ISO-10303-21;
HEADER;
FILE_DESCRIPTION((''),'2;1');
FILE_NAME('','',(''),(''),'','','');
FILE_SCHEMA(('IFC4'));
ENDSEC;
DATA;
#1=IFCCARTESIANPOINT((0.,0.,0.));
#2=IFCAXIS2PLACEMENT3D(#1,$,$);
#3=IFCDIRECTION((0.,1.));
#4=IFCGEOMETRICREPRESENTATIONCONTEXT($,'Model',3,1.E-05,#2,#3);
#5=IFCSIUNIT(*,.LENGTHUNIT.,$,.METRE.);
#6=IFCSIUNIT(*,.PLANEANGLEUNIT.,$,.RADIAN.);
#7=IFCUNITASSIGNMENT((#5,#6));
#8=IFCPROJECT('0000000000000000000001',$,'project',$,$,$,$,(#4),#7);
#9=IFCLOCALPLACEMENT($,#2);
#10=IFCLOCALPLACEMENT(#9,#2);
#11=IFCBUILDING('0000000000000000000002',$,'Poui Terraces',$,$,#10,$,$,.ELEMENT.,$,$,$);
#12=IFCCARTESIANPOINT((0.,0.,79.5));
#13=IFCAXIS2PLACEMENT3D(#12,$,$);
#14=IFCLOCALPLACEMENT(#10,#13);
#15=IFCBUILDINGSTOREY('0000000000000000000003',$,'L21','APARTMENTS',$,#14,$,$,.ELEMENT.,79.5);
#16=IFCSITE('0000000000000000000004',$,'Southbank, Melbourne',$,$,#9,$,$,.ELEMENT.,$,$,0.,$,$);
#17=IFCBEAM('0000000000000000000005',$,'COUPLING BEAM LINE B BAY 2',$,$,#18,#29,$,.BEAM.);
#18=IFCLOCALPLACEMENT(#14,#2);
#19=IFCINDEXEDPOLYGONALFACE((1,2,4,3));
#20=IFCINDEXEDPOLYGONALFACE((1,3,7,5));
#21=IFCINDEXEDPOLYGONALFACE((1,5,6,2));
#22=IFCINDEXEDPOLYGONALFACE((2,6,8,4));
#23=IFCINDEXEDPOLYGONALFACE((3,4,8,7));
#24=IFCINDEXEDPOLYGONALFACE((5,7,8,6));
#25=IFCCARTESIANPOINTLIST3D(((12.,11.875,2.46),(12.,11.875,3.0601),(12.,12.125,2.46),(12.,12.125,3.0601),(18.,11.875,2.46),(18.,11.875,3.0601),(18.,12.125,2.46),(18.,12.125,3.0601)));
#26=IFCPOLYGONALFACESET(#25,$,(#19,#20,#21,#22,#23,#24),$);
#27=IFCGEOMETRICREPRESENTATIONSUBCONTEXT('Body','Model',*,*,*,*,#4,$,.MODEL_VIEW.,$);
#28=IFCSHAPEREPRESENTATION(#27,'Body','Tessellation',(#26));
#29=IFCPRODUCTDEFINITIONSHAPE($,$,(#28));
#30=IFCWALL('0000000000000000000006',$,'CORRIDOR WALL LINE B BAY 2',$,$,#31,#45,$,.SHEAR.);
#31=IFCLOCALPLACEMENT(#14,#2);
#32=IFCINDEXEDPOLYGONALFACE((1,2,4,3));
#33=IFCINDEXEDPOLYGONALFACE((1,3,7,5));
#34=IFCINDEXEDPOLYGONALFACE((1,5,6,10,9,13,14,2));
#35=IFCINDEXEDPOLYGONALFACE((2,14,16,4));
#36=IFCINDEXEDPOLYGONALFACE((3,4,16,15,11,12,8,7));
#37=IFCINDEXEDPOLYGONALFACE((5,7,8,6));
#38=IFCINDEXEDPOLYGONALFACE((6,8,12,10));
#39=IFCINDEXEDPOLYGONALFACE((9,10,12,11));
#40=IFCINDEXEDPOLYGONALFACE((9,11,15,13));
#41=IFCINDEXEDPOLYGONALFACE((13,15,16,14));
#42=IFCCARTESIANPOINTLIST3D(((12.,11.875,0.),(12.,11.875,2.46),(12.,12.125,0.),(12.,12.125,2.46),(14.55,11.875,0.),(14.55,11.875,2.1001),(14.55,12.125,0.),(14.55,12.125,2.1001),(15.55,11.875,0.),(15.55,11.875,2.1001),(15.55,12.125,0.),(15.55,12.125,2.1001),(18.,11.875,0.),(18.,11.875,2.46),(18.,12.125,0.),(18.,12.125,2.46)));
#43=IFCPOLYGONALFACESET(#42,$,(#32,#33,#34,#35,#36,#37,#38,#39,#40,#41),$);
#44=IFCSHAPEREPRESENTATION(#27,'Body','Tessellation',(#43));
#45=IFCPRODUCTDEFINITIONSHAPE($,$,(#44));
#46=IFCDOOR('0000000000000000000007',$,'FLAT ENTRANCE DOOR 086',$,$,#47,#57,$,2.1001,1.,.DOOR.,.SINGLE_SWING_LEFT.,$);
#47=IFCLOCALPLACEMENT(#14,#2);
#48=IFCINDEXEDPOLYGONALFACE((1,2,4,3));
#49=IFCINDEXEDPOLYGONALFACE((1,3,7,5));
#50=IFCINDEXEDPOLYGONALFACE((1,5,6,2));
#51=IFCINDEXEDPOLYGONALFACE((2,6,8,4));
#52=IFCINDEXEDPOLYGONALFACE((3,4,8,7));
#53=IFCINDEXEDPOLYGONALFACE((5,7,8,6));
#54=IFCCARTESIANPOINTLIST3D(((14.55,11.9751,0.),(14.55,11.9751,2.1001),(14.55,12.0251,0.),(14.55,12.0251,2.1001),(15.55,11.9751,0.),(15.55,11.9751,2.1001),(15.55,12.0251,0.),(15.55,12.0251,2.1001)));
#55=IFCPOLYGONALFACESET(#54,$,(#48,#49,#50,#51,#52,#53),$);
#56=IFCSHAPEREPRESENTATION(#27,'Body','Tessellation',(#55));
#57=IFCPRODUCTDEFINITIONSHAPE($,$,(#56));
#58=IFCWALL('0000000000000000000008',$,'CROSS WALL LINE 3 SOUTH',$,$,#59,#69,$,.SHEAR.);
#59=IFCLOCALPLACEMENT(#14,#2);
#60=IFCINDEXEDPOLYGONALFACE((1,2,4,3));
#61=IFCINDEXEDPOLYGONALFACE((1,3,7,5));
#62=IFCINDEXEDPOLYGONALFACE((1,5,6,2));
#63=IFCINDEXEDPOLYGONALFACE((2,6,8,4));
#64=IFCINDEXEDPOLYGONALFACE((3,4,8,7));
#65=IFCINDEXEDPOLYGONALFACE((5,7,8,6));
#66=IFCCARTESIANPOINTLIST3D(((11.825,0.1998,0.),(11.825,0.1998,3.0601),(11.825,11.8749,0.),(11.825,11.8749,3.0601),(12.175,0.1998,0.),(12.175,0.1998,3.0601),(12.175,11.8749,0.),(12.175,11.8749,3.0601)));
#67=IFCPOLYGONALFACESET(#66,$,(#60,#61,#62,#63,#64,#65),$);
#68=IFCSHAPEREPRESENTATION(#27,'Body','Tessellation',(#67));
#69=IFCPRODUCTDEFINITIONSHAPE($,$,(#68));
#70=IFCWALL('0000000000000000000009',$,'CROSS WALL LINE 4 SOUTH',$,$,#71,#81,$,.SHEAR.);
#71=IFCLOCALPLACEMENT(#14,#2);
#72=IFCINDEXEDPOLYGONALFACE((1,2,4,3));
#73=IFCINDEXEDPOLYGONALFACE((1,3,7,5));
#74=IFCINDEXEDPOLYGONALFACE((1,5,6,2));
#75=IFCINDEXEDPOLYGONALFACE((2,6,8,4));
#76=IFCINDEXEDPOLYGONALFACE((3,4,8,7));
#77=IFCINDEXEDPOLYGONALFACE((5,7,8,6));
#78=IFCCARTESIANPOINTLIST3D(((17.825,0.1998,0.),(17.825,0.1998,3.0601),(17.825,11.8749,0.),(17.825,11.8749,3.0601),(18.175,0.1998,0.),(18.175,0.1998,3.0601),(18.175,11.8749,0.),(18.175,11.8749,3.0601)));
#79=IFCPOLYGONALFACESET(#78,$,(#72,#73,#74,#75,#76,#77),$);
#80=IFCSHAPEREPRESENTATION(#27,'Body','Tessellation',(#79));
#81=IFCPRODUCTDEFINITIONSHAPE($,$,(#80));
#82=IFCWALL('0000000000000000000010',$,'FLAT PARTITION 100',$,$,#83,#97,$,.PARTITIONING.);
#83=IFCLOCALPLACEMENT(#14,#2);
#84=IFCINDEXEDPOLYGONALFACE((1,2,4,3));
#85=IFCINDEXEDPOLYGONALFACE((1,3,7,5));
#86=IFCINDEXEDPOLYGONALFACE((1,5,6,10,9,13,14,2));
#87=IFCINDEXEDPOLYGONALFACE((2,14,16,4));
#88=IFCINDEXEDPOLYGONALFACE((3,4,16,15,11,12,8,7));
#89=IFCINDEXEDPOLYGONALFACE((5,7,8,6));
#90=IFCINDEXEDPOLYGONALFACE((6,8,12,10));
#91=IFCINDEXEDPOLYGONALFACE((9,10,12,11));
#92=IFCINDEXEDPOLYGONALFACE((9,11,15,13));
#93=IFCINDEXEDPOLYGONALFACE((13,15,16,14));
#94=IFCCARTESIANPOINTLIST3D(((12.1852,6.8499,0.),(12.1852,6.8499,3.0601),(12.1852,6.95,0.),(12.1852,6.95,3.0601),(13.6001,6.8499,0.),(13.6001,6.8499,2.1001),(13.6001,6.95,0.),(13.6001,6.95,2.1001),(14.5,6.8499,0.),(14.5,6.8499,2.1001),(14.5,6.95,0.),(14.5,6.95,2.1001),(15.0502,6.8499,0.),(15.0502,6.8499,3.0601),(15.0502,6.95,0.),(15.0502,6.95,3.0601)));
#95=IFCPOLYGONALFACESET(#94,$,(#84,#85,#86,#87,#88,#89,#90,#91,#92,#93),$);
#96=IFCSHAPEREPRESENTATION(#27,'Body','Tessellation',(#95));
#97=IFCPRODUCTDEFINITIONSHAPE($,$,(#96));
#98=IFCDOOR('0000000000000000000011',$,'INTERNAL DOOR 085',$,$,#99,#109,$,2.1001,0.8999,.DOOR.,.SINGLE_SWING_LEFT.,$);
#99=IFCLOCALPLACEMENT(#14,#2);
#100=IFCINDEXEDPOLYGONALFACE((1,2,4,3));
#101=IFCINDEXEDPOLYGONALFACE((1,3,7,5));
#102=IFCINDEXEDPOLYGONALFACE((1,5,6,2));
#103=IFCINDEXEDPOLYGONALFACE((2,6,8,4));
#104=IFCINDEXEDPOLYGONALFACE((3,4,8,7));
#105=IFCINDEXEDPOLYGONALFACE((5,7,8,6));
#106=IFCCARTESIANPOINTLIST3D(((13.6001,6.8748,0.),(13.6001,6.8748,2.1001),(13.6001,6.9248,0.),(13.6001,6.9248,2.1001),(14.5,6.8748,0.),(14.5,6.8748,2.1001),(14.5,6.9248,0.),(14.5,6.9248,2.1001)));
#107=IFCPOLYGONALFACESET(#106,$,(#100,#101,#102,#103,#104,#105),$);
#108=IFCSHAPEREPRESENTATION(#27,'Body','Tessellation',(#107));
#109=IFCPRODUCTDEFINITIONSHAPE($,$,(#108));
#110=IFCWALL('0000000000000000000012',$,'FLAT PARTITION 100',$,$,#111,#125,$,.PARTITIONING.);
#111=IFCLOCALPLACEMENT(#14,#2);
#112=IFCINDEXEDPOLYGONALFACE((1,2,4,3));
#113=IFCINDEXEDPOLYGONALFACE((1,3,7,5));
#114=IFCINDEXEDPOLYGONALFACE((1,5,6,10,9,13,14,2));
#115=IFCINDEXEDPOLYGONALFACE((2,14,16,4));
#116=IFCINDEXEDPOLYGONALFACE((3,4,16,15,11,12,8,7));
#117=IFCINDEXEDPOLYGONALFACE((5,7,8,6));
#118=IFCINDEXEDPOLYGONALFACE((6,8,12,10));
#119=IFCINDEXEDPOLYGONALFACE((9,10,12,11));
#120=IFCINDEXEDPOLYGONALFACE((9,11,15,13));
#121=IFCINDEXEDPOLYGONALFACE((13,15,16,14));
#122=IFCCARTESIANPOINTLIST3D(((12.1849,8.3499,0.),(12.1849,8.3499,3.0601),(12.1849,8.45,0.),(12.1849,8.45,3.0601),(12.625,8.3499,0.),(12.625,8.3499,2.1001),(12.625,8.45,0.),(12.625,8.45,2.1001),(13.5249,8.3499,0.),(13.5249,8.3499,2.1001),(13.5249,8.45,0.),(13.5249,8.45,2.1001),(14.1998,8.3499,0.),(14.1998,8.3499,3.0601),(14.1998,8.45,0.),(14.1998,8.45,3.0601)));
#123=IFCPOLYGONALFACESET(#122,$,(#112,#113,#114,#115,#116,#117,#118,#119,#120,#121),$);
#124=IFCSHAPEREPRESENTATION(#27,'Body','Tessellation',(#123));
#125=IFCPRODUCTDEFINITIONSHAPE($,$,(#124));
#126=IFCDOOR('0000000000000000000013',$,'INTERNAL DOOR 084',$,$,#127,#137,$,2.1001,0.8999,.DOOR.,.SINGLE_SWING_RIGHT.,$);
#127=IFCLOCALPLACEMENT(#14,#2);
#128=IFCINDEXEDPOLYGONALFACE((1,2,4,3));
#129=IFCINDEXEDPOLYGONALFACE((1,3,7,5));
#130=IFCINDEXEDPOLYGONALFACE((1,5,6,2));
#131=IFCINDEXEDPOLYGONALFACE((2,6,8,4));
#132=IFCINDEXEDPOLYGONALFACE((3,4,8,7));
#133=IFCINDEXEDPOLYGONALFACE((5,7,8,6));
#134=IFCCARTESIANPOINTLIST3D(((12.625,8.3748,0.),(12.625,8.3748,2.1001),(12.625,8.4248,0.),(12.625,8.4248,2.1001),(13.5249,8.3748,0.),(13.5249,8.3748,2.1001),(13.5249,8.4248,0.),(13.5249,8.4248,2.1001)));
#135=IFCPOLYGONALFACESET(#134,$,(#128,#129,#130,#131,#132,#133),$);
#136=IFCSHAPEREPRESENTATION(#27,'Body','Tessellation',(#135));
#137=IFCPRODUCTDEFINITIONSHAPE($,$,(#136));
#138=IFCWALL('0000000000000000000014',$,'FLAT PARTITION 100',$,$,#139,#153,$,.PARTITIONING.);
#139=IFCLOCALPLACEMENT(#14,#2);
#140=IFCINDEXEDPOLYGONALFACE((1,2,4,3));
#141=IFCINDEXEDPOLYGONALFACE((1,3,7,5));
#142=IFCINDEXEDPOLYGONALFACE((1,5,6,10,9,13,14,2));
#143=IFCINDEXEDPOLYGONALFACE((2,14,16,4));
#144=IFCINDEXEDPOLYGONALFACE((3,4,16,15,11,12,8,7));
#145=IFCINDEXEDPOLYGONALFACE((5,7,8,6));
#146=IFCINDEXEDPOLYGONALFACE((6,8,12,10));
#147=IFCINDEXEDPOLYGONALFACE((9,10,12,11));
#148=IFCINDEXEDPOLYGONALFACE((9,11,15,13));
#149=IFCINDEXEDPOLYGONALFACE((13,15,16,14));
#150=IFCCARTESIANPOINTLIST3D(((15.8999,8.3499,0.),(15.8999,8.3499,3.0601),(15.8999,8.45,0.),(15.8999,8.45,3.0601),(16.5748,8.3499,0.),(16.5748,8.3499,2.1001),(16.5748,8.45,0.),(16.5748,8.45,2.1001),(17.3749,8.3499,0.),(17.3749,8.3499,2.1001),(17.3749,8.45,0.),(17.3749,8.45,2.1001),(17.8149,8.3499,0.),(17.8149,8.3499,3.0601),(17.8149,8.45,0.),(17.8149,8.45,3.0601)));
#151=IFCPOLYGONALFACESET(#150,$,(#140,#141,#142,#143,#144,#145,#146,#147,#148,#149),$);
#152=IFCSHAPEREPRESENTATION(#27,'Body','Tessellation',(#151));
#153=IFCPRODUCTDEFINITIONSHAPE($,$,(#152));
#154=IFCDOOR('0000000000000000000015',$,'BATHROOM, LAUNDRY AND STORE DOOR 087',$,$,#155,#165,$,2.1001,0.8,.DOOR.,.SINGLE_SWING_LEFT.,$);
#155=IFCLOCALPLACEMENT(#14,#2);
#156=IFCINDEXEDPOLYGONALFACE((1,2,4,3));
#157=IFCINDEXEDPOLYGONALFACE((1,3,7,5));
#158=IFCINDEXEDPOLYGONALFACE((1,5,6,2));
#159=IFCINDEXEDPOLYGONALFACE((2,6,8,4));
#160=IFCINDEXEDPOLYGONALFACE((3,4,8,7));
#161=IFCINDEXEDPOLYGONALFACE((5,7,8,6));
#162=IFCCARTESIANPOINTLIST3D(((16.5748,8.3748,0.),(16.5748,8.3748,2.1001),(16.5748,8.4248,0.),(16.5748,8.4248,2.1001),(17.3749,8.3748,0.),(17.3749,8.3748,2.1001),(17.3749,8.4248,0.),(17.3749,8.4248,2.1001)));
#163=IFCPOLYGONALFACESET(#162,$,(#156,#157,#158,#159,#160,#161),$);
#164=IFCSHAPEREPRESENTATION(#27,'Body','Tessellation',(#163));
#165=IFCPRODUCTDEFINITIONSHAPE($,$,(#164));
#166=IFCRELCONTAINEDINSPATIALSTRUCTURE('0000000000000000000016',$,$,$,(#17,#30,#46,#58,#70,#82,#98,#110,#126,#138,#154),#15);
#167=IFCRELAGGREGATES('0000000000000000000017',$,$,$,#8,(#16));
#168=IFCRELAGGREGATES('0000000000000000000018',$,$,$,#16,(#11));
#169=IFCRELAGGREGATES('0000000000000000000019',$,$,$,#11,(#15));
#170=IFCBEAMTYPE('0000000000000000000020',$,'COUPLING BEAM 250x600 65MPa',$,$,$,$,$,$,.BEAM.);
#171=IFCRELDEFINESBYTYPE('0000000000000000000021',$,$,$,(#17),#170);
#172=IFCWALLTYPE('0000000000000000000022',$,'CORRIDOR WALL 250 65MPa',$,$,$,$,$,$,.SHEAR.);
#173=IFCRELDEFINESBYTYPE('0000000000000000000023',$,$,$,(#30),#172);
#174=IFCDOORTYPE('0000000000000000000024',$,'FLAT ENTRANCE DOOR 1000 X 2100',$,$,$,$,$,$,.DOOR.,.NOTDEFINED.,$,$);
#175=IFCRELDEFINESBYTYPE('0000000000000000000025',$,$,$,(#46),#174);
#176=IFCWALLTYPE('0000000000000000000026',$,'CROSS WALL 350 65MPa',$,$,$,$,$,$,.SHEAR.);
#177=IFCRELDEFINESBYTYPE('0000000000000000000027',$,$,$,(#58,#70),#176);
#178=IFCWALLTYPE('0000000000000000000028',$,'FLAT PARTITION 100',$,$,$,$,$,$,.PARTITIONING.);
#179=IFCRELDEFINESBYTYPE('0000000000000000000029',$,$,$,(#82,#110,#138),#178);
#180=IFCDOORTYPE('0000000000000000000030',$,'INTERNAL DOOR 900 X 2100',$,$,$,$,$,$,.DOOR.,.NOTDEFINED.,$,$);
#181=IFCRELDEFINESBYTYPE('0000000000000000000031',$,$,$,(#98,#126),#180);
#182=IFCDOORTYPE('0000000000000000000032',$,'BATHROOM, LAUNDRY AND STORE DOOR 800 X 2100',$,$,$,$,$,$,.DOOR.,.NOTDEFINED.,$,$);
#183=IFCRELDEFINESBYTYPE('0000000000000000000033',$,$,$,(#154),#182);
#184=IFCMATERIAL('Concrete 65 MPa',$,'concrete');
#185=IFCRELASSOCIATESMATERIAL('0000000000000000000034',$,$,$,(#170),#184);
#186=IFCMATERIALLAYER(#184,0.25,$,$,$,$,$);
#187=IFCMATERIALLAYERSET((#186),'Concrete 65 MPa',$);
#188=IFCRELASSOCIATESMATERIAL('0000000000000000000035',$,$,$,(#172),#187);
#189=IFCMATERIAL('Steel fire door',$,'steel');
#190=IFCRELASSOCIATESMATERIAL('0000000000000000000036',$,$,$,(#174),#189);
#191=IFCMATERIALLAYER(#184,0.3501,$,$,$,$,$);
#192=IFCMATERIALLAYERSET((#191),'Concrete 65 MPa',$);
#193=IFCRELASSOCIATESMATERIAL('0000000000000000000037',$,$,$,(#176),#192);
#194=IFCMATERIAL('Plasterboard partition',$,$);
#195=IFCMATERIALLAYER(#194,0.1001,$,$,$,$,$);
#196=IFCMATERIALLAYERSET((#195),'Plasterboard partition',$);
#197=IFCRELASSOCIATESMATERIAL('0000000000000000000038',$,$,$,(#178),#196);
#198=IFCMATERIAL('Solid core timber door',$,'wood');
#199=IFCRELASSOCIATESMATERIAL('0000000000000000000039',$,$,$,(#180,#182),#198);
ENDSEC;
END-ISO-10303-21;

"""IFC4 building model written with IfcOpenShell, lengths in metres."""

from ifc_helpers import new_model, si_unit, direction, frame, frame_2d, origin, origin_2d, place, context, subcontext, project, spatial, rectangle, extrude, source, transform, mapped, material, layer, layer_set, material_profile, profile_set, type_object, element, fill, save


model = new_model("IFC4")

# Units and contexts
model_context = context("Model", 3, precision=1e-05, world=origin(), true_north=direction((0.0, 1.0)))
body_context = subcontext(model_context, "Body", "Model", "MODEL_VIEW")
ifc_project = project(units=[si_unit("LENGTHUNIT", "METRE"), si_unit("PLANEANGLEUNIT", "RADIAN")], contexts=[model_context])

# Site, building, storey
site_placement = place(None, origin())
site = spatial("IfcSite", under=ifc_project, at=site_placement, Name="Southbank, Melbourne", CompositionType="ELEMENT", RefElevation=0.0)
building_placement = place(site_placement, origin())
building = spatial("IfcBuilding", under=site, at=building_placement, Name="Poui Terraces", CompositionType="ELEMENT")
storey_placement = place(building_placement, frame((0.0, 0.0, 79.5)))
storey = spatial("IfcBuildingStorey", under=building, at=storey_placement, Name="L21", Description="APARTMENTS", CompositionType="ELEMENT", Elevation=79.5)

# Beam
ifc_material_1 = material(Name="Concrete 65 MPa", Category="concrete")
ifc_material_profile_1 = material_profile(ifc_material_1, rectangle(XDim=0.25, YDim=0.6001, at=origin_2d()), Name="RC 250x600")
ifc_profile_set_1 = profile_set([ifc_material_profile_1], Name="Concrete 65 MPa")
beam_type = type_object("IfcBeamType", Name="COUPLING BEAM 250x600 65MPa", PredefinedType="BEAM", material=ifc_profile_set_1)
shared_shape_1 = source(origin(), body_context, "Body", "SweptSolid", [
    extrude(rectangle(XDim=0.25, YDim=0.6001, at=origin_2d()), origin(), (0.0, 0.0, 1.0), 6.0),
])
beam_placement = place(storey_placement, frame((12.0, 12.0, 2.76), z_axis=(1.0, 0.0, 0.0), x_axis=(0.0, 1.0, 0.0)))
element("IfcBeam", 1, at=beam_placement, inside=storey, type_object=beam_type, Name="COUPLING BEAM LINE B BAY 2", PredefinedType="BEAM", context=body_context, shape_type="MappedRepresentation", body=[
    mapped(shared_shape_1, transform((0.0, 0.0, 0.0))),
])

# Wall, opening, door
ifc_layer_1 = layer(ifc_material_1, 0.25)
ifc_layer_set_1 = layer_set([ifc_layer_1], Name="Concrete 65 MPa")
wall_type_1 = type_object("IfcWallType", Name="CORRIDOR WALL 250 65MPa", PredefinedType="SHEAR", material=ifc_layer_set_1)
wall_1_placement = place(storey_placement, frame((12.0, 12.0, 0.0), z_axis=(0.0, 0.0, 1.0), x_axis=(1.0, 0.0, 0.0)))
wall_1 = element("IfcWall", 2, at=wall_1_placement, inside=storey, type_object=wall_type_1, Name="CORRIDOR WALL LINE B BAY 2", PredefinedType="SHEAR", context=body_context, shape_type="SweptSolid", body=[
    extrude(rectangle(XDim=6.0, YDim=0.25, at=frame_2d((3.0, 0.0))), origin(), (0.0, 0.0, 1.0), 2.46),
])
opening_1_placement = place(wall_1_placement, frame((2.55, 0.0, 0.0)))
opening_1 = element("IfcOpeningElement", 3, at=opening_1_placement, cuts=wall_1, PredefinedType="OPENING", context=body_context, shape_type="SweptSolid", body=[
    extrude(rectangle(XDim=1.0, YDim=2.1001, at=frame_2d((0.5, 1.05))), frame((0.0, 0.135, 0.0), z_axis=(0.0, -1.0, 0.0), x_axis=(1.0, 0.0, 0.0)), (0.0, 0.0, 1.0), 0.27),
])
ifc_material_2 = material(Name="Steel fire door", Category="steel")
door_type_1 = type_object("IfcDoorType", Name="FLAT ENTRANCE DOOR 1000 X 2100", OperationType="NOTDEFINED", PredefinedType="DOOR", material=ifc_material_2)
door_1_placement = place(opening_1_placement, frame((1.0, 0.0, 0.0), z_axis=(0.0, 0.0, 1.0), x_axis=(-1.0, 0.0, 0.0)))
door_1 = element("IfcDoor", 4, at=door_1_placement, inside=storey, type_object=door_type_1, Name="FLAT ENTRANCE DOOR 086", OperationType="SINGLE_SWING_LEFT", OverallHeight=2.1001, OverallWidth=1.0, PredefinedType="DOOR", context=body_context, shape_type="SweptSolid", body=[
    extrude(rectangle(XDim=1.0, YDim=2.1001, at=frame_2d((0.5, 1.05))), frame((0.0, 0.0249, 0.0), z_axis=(0.0, -1.0, 0.0), x_axis=(1.0, 0.0, 0.0)), (0.0, 0.0, 1.0), 0.05),
])
fill(opening_1, door_1)

# Walls
ifc_layer_2 = layer(ifc_material_1, 0.3501)
ifc_layer_set_2 = layer_set([ifc_layer_2], Name="Concrete 65 MPa")
wall_type_2 = type_object("IfcWallType", Name="CROSS WALL 350 65MPa", PredefinedType="SHEAR", material=ifc_layer_set_2)
for number, where, z_axis, x_axis, name in (
    (5, (12.0, 0.2, 0.0), (0.0, 0.0, 1.0), (0.0, 1.0, 0.0), "CROSS WALL LINE 3 SOUTH"),
    (6, (18.0, 0.2, 0.0), (0.0, 0.0, 1.0), (0.0, 1.0, 0.0), "CROSS WALL LINE 4 SOUTH"),
):
    element("IfcWall", number, at=place(storey_placement, frame(where, z_axis=z_axis, x_axis=x_axis)), inside=storey, type_object=wall_type_2, Name=name, PredefinedType="SHEAR", context=body_context, shape_type="SweptSolid", body=[
        extrude(rectangle(XDim=11.675, YDim=0.3501, at=frame_2d((5.8374, 0.0))), origin(), (0.0, 0.0, 1.0), 3.0601),
    ])

# Walls, openings, doors
ifc_material_3 = material(Name="Plasterboard partition")
ifc_layer_3 = layer(ifc_material_3, 0.1001)
ifc_layer_set_3 = layer_set([ifc_layer_3], Name="Plasterboard partition")
wall_type_3 = type_object("IfcWallType", Name="FLAT PARTITION 100", PredefinedType="PARTITIONING", material=ifc_layer_set_3)
wall_2_placement = place(storey_placement, frame((12.1851, 6.8999, 0.0), z_axis=(0.0, 0.0, 1.0), x_axis=(1.0, 0.0, 0.0)))
wall_2 = element("IfcWall", 7, at=wall_2_placement, inside=storey, type_object=wall_type_3, Name="FLAT PARTITION 100", PredefinedType="PARTITIONING", context=body_context, shape_type="SweptSolid", body=[
    extrude(rectangle(XDim=2.865, YDim=0.1001, at=frame_2d((1.4326, 0.0))), origin(), (0.0, 0.0, 1.0), 3.0601),
])
opening_2_placement = place(wall_2_placement, frame((1.415, 0.0, 0.0)))
opening_2 = element("IfcOpeningElement", 8, at=opening_2_placement, cuts=wall_2, PredefinedType="OPENING", context=body_context, shape_type="SweptSolid", body=[
    extrude(rectangle(XDim=0.8999, YDim=2.1001, at=frame_2d((0.45, 1.05))), frame((0.0, 0.0601, 0.0), z_axis=(0.0, -1.0, 0.0), x_axis=(1.0, 0.0, 0.0)), (0.0, 0.0, 1.0), 0.1201),
])
ifc_material_4 = material(Name="Solid core timber door", Category="wood")
door_type_2 = type_object("IfcDoorType", Name="INTERNAL DOOR 900 X 2100", OperationType="NOTDEFINED", PredefinedType="DOOR", material=ifc_material_4)
door_2_placement = place(opening_2_placement, origin())
door_2 = element("IfcDoor", 9, at=door_2_placement, inside=storey, type_object=door_type_2, Name="INTERNAL DOOR 085", OperationType="SINGLE_SWING_LEFT", OverallHeight=2.1001, OverallWidth=0.8999, PredefinedType="DOOR", context=body_context, shape_type="SweptSolid", body=[
    extrude(rectangle(XDim=0.8999, YDim=2.1001, at=frame_2d((0.45, 1.05))), frame((0.0, 0.0249, 0.0), z_axis=(0.0, -1.0, 0.0), x_axis=(1.0, 0.0, 0.0)), (0.0, 0.0, 1.0), 0.05),
])
fill(opening_2, door_2)
wall_3_placement = place(storey_placement, frame((12.1851, 8.3999, 0.0), z_axis=(0.0, 0.0, 1.0), x_axis=(1.0, 0.0, 0.0)))
wall_3 = element("IfcWall", 10, at=wall_3_placement, inside=storey, type_object=wall_type_3, Name="FLAT PARTITION 100", PredefinedType="PARTITIONING", context=body_context, shape_type="SweptSolid", body=[
    extrude(rectangle(XDim=2.0149, YDim=0.1001, at=frame_2d((1.0073, 0.0))), origin(), (0.0, 0.0, 1.0), 3.0601),
])
opening_3_placement = place(wall_3_placement, frame((0.4399, 0.0, 0.0)))
opening_3 = element("IfcOpeningElement", 11, at=opening_3_placement, cuts=wall_3, PredefinedType="OPENING", context=body_context, shape_type="SweptSolid", body=[
    extrude(rectangle(XDim=0.8999, YDim=2.1001, at=frame_2d((0.45, 1.05))), frame((0.0, 0.0601, 0.0), z_axis=(0.0, -1.0, 0.0), x_axis=(1.0, 0.0, 0.0)), (0.0, 0.0, 1.0), 0.1201),
])
door_3_placement = place(opening_3_placement, origin())
door_3 = element("IfcDoor", 12, at=door_3_placement, inside=storey, type_object=door_type_2, Name="INTERNAL DOOR 084", OperationType="SINGLE_SWING_RIGHT", OverallHeight=2.1001, OverallWidth=0.8999, PredefinedType="DOOR", context=body_context, shape_type="SweptSolid", body=[
    extrude(rectangle(XDim=0.8999, YDim=2.1001, at=frame_2d((0.45, 1.05))), frame((0.0, 0.0249, 0.0), z_axis=(0.0, -1.0, 0.0), x_axis=(1.0, 0.0, 0.0)), (0.0, 0.0, 1.0), 0.05),
])
fill(opening_3, door_3)
wall_4_placement = place(storey_placement, frame((15.8999, 8.3999, 0.0), z_axis=(0.0, 0.0, 1.0), x_axis=(1.0, 0.0, 0.0)))
wall_4 = element("IfcWall", 13, at=wall_4_placement, inside=storey, type_object=wall_type_3, Name="FLAT PARTITION 100", PredefinedType="PARTITIONING", context=body_context, shape_type="SweptSolid", body=[
    extrude(rectangle(XDim=1.915, YDim=0.1001, at=frame_2d((0.9575, 0.0))), origin(), (0.0, 0.0, 1.0), 3.0601),
])
opening_4_placement = place(wall_4_placement, frame((0.675, 0.0, 0.0)))
opening_4 = element("IfcOpeningElement", 14, at=opening_4_placement, cuts=wall_4, PredefinedType="OPENING", context=body_context, shape_type="SweptSolid", body=[
    extrude(rectangle(XDim=0.8, YDim=2.1001, at=frame_2d((0.3999, 1.05))), frame((0.0, 0.0601, 0.0), z_axis=(0.0, -1.0, 0.0), x_axis=(1.0, 0.0, 0.0)), (0.0, 0.0, 1.0), 0.1201),
])
door_type_3 = type_object("IfcDoorType", Name="BATHROOM, LAUNDRY AND STORE DOOR 800 X 2100", OperationType="NOTDEFINED", PredefinedType="DOOR", material=ifc_material_4)
door_4_placement = place(opening_4_placement, origin())
door_4 = element("IfcDoor", 15, at=door_4_placement, inside=storey, type_object=door_type_3, Name="BATHROOM, LAUNDRY AND STORE DOOR 087", OperationType="SINGLE_SWING_LEFT", OverallHeight=2.1001, OverallWidth=0.8, PredefinedType="DOOR", context=body_context, shape_type="SweptSolid", body=[
    extrude(rectangle(XDim=0.8, YDim=2.1001, at=frame_2d((0.3999, 1.05))), frame((0.0, 0.0249, 0.0), z_axis=(0.0, -1.0, 0.0), x_axis=(1.0, 0.0, 0.0)), (0.0, 0.0, 1.0), 0.05),
])
fill(opening_4, door_4)

save(model, "model.ifc")
